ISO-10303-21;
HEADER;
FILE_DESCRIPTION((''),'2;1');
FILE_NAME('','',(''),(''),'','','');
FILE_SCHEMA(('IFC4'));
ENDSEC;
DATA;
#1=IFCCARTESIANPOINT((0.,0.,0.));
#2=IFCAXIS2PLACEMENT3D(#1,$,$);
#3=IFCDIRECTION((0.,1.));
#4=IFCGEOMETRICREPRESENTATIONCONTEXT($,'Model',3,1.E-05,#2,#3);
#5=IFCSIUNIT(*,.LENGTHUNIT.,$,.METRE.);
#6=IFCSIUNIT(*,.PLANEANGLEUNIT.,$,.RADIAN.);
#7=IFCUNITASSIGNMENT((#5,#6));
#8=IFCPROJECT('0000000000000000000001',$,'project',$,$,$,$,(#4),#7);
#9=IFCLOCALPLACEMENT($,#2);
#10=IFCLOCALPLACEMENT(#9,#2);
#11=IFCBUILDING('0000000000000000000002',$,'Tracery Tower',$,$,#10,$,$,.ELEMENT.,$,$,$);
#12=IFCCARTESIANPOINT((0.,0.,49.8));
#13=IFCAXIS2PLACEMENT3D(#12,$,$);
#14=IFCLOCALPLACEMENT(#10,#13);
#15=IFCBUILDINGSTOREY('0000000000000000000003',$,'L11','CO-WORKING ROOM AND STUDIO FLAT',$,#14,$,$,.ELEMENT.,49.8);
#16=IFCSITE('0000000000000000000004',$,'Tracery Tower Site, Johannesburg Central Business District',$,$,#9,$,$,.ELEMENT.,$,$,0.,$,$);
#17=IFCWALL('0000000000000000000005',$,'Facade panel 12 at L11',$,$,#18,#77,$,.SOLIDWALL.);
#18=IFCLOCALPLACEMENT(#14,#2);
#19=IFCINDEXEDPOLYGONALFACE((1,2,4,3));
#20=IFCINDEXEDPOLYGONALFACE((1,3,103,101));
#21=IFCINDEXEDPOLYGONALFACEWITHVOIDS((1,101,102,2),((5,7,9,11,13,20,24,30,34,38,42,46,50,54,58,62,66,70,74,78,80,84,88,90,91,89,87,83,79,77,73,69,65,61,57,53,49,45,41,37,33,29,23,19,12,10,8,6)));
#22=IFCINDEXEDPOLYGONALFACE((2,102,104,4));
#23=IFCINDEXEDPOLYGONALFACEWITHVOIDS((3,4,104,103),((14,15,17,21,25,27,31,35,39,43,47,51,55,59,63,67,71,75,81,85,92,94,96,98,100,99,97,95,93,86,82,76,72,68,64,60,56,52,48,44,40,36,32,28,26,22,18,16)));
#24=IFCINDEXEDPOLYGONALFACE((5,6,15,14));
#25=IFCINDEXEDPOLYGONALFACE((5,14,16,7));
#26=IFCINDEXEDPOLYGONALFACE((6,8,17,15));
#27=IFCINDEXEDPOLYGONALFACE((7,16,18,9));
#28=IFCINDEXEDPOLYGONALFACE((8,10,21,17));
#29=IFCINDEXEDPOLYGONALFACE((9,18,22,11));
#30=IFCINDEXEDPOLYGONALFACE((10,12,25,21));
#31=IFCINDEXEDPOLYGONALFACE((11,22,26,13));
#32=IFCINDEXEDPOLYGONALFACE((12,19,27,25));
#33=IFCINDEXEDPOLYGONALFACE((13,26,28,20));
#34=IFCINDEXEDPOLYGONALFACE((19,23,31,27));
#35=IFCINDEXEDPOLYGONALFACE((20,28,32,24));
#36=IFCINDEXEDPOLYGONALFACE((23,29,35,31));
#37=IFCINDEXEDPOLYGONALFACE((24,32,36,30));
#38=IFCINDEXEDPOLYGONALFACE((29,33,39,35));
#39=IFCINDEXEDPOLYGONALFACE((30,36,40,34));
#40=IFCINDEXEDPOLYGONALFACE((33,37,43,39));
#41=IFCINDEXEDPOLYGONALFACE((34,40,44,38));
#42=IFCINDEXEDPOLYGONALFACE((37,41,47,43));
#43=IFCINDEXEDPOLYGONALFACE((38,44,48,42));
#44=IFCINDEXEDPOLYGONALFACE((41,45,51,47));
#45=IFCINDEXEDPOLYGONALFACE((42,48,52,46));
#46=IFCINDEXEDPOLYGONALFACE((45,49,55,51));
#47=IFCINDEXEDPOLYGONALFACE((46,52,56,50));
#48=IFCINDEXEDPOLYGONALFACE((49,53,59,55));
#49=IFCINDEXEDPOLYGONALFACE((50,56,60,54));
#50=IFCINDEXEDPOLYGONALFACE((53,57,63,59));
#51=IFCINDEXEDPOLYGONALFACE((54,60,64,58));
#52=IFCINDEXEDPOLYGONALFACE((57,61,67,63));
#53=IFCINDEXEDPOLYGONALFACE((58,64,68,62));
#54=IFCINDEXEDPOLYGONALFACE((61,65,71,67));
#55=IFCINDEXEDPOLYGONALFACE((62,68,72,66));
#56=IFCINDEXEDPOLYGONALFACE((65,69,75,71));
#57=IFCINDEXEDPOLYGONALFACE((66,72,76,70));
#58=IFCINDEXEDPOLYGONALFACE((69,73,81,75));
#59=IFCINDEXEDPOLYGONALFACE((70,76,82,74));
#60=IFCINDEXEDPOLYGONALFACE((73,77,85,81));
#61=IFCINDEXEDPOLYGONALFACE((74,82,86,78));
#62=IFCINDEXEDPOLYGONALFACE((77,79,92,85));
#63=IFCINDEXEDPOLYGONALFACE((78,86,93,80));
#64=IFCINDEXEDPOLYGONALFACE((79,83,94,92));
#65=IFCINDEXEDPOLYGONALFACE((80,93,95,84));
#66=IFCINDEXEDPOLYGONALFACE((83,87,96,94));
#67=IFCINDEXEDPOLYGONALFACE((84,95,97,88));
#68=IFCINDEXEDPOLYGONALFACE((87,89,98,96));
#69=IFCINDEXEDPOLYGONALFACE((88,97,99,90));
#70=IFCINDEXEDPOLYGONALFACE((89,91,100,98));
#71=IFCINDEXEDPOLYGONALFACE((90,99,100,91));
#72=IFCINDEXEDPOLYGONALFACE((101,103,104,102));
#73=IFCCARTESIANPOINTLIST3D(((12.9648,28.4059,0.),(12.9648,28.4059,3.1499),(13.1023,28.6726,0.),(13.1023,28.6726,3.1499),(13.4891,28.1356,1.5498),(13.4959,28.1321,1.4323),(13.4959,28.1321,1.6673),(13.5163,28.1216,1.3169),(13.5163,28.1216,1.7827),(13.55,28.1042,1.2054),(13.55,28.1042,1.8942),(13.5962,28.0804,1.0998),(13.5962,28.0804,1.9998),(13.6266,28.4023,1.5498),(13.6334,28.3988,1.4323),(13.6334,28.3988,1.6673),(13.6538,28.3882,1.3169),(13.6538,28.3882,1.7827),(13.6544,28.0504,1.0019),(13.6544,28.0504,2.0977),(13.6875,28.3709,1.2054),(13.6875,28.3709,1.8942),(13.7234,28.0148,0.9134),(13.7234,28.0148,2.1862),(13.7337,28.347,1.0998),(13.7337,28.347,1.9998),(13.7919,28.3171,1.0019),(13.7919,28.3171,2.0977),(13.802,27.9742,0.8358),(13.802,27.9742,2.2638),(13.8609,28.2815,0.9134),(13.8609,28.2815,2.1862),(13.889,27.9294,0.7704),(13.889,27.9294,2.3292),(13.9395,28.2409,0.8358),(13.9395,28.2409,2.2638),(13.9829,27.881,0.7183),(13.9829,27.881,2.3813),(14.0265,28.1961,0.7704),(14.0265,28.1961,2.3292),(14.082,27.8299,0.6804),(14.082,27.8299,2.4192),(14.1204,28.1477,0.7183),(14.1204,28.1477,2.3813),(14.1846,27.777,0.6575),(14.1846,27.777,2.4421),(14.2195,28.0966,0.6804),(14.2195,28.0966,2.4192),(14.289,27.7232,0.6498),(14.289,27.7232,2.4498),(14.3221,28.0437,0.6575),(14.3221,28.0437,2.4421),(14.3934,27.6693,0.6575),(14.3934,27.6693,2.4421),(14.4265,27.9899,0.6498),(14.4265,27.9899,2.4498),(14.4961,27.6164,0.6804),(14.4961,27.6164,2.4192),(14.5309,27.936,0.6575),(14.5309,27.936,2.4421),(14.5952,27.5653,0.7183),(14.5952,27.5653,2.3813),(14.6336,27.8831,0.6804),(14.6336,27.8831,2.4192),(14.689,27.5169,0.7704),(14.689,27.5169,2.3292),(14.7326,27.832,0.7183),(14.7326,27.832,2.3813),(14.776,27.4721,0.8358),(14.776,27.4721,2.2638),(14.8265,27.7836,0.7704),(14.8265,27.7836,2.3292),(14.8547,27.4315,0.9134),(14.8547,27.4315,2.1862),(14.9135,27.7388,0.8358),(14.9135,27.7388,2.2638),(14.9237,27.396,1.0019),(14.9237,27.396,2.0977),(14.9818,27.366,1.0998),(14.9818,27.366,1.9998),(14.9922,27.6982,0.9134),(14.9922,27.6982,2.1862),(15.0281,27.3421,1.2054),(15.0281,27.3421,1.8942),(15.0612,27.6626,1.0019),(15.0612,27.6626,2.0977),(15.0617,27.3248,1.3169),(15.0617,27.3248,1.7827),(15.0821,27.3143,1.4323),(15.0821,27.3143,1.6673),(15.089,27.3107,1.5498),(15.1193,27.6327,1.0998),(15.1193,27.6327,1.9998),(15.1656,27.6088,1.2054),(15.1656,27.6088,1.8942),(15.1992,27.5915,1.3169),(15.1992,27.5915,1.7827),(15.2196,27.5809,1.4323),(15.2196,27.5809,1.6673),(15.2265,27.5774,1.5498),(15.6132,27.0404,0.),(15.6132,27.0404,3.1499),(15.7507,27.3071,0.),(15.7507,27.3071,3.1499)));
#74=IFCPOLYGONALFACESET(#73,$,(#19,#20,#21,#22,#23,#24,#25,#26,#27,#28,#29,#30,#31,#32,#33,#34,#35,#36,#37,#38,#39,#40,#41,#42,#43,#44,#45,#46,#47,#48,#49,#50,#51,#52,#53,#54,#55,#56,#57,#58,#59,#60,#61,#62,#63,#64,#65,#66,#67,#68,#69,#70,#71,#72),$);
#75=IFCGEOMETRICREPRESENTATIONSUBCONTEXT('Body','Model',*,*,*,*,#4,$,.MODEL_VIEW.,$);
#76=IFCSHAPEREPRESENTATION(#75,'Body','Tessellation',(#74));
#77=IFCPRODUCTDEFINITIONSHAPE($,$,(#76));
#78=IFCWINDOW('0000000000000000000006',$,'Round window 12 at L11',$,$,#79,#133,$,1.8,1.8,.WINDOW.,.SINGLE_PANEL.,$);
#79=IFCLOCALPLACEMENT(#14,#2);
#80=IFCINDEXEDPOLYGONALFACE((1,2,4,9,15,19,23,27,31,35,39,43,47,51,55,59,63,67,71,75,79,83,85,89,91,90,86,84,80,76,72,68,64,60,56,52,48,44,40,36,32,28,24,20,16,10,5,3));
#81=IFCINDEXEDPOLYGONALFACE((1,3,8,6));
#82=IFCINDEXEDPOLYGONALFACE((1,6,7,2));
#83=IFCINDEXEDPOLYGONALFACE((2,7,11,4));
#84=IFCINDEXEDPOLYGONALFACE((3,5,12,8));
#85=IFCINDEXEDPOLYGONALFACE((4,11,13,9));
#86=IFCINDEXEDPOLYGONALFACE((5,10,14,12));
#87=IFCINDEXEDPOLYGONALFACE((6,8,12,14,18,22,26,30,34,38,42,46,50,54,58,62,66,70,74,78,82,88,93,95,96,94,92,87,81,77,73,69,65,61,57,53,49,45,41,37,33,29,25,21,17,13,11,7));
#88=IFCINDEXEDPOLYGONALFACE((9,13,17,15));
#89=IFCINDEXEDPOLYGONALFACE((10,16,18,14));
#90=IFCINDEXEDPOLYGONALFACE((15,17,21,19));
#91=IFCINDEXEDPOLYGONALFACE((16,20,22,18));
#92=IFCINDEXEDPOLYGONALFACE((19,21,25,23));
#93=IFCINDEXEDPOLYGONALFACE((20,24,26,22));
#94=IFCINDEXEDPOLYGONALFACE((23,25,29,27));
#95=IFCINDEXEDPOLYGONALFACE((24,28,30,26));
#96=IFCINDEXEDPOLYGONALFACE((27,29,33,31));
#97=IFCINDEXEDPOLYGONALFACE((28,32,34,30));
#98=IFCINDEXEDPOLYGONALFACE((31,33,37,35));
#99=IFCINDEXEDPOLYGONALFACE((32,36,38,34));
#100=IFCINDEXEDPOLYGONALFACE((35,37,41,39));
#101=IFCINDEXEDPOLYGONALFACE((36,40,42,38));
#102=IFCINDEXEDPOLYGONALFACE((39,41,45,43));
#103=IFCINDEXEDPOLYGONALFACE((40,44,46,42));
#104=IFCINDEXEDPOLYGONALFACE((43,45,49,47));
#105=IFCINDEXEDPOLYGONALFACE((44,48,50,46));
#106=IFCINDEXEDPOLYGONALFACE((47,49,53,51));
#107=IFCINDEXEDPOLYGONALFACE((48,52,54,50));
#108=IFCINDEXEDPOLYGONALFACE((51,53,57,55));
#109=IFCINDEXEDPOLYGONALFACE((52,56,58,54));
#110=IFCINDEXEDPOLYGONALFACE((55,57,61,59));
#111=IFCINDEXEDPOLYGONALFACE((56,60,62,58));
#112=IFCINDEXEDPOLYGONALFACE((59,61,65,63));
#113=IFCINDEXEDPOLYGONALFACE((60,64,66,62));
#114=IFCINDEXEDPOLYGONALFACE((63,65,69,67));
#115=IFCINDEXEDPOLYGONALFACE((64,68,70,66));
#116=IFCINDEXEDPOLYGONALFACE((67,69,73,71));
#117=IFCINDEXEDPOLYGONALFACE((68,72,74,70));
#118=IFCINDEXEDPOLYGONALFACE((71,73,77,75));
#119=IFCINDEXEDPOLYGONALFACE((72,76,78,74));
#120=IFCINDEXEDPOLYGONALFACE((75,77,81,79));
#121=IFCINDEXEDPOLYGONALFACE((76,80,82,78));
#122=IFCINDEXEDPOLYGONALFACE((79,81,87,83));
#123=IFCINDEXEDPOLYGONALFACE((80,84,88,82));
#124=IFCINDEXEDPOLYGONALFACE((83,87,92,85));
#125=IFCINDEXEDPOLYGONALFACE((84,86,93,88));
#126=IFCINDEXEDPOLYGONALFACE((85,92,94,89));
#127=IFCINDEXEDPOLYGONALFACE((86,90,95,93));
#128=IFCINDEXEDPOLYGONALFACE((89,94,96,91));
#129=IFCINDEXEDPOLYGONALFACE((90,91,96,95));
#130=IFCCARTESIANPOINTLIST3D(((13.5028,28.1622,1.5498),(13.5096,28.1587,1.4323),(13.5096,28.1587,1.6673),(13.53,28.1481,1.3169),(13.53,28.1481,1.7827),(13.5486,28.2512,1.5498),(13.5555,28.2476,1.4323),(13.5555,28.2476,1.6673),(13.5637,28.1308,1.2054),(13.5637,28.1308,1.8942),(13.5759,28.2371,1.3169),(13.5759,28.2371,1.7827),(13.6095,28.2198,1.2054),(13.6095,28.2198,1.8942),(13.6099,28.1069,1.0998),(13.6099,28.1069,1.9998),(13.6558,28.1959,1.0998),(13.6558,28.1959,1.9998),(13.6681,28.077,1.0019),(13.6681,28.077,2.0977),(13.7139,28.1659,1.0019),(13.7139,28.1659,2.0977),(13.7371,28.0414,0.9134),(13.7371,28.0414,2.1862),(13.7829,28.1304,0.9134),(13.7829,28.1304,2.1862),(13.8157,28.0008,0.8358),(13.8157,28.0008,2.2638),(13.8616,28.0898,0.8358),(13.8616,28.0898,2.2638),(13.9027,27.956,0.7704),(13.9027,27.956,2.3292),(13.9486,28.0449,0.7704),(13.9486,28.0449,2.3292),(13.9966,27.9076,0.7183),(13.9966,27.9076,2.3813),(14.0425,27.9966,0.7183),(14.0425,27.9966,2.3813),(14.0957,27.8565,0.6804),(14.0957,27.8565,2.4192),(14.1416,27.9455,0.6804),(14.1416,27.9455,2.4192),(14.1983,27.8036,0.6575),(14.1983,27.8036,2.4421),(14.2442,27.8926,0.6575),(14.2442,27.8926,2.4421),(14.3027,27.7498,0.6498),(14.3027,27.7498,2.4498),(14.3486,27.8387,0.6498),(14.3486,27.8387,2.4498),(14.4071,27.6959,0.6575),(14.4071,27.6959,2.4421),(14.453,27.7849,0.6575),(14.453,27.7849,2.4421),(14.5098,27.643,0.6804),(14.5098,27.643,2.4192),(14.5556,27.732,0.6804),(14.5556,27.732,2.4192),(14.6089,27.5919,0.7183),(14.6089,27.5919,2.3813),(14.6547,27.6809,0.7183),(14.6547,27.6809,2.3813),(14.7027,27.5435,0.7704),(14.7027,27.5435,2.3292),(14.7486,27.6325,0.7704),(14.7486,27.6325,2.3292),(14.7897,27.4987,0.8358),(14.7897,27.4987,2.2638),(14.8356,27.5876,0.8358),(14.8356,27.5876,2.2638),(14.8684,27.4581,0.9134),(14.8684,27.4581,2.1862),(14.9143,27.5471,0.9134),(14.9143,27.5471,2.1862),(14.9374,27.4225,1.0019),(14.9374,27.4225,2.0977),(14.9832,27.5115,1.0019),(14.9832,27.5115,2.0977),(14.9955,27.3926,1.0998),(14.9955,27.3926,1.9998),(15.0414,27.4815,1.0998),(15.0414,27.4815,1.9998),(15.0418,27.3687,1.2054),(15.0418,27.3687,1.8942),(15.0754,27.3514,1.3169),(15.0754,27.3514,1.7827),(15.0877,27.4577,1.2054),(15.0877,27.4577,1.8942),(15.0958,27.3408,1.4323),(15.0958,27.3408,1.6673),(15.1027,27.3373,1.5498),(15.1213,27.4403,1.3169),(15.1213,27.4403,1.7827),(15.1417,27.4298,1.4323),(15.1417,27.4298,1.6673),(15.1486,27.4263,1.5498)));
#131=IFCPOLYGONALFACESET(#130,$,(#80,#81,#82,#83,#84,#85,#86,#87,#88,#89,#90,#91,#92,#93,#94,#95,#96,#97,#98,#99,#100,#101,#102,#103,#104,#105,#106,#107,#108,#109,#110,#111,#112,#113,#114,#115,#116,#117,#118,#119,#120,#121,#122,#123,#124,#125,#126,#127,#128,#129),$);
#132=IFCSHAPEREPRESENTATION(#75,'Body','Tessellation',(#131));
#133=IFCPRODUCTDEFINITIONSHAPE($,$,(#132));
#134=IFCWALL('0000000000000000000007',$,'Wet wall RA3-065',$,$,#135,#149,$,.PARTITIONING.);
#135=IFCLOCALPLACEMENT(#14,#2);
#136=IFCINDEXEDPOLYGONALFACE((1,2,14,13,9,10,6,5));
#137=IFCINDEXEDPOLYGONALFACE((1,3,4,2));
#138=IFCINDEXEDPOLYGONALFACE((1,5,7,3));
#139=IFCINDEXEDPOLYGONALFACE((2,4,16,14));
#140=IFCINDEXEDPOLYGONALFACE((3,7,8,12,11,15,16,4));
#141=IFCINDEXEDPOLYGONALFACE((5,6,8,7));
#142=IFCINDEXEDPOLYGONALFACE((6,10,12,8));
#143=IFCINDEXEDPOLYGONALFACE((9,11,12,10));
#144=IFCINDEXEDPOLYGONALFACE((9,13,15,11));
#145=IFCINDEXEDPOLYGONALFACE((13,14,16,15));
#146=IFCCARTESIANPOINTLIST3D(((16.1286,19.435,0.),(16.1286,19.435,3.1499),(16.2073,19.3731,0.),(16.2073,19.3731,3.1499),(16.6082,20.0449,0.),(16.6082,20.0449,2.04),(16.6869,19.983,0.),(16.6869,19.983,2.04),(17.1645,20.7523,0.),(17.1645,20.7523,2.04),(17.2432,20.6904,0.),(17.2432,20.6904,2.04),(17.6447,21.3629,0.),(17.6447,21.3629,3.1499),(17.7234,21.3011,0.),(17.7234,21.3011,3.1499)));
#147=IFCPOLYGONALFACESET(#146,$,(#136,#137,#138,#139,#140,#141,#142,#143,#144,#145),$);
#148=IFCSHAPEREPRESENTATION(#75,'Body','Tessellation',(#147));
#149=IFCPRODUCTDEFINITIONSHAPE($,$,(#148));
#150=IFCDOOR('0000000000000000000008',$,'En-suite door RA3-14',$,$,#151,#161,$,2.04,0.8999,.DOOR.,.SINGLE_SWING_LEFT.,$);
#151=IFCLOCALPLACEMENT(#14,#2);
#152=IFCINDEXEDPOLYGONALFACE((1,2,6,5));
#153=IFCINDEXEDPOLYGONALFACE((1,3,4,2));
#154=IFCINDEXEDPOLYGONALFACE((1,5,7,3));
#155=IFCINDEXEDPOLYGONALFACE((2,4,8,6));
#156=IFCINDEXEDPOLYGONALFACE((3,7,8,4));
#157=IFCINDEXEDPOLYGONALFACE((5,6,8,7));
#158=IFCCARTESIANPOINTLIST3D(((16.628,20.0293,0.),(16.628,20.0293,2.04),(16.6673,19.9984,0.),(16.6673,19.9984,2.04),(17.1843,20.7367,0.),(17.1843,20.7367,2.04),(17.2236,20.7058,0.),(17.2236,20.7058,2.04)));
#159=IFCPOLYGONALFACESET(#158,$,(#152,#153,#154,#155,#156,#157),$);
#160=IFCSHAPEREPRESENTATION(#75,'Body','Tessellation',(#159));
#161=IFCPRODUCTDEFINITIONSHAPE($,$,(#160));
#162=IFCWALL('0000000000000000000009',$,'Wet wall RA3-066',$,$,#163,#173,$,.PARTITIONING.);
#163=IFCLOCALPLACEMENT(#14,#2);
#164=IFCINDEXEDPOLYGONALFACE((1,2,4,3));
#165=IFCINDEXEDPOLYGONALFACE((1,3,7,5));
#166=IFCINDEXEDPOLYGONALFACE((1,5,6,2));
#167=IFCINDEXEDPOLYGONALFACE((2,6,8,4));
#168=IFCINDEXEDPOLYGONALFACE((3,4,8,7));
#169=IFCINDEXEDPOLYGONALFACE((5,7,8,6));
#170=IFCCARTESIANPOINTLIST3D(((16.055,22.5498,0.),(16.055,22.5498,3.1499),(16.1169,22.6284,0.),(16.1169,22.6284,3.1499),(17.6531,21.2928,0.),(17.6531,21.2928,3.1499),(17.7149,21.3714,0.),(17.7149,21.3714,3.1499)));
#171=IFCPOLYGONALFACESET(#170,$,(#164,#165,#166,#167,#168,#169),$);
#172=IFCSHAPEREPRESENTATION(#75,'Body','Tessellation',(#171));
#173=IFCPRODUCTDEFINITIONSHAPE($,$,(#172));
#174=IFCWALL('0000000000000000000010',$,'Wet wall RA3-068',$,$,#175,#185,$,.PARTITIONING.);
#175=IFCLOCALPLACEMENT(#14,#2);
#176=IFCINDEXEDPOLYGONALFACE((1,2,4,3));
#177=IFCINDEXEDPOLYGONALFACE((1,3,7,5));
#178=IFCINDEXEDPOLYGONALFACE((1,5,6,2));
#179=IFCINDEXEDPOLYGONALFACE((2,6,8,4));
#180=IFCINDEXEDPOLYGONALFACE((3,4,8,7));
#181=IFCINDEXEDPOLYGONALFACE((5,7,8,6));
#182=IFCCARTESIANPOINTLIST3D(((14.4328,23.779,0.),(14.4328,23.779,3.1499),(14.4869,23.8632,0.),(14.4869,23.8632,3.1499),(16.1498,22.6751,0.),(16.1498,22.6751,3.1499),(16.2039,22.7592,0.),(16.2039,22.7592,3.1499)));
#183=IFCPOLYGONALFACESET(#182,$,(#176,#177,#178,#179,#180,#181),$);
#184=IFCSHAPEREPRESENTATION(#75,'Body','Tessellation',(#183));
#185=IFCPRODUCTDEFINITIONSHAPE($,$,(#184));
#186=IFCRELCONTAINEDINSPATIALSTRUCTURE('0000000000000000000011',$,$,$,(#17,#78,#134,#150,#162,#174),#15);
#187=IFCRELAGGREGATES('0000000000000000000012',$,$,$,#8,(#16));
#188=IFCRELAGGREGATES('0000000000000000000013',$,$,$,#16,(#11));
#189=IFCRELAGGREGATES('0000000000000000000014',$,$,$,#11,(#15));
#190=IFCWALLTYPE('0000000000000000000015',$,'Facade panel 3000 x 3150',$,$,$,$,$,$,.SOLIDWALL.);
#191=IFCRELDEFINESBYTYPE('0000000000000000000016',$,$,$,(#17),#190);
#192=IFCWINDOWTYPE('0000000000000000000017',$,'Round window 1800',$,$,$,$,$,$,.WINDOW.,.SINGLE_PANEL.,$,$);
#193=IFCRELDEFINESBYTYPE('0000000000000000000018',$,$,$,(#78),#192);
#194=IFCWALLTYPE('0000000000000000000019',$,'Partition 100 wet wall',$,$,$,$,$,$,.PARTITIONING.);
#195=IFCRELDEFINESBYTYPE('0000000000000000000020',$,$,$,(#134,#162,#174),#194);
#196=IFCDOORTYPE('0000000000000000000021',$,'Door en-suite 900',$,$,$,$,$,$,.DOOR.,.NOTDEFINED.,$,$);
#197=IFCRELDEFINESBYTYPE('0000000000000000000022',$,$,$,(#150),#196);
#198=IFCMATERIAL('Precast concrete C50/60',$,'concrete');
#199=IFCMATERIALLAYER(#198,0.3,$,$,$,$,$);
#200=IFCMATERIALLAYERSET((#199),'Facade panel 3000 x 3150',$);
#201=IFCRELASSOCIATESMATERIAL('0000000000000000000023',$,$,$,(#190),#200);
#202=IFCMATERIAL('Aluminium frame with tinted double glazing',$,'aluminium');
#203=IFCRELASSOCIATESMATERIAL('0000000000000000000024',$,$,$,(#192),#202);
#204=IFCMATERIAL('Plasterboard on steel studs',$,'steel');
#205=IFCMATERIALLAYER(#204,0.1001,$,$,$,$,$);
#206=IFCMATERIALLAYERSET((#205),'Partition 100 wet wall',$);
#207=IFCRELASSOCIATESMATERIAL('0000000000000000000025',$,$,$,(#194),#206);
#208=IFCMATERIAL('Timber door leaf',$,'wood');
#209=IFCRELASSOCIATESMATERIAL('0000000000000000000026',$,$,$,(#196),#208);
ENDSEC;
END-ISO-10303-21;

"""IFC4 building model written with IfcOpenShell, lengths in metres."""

from ifc_helpers import new_model, si_unit, direction, frame, frame_2d, origin, origin_2d, place, context, subcontext, project, spatial, rectangle, circle, extrude, material, layer, layer_set, type_object, element, fill, save


model = new_model("IFC4")

# Units and contexts
model_context = context("Model", 3, precision=1e-05, world=origin(), true_north=direction((0.0, 1.0)))
body_context = subcontext(model_context, "Body", "Model", "MODEL_VIEW")
ifc_project = project(units=[si_unit("LENGTHUNIT", "METRE"), si_unit("PLANEANGLEUNIT", "RADIAN")], contexts=[model_context])

# Site, building, storey
site_placement = place(None, origin())
site = spatial("IfcSite", under=ifc_project, at=site_placement, Name="Tracery Tower Site, Johannesburg Central Business District", CompositionType="ELEMENT", RefElevation=0.0)
building_placement = place(site_placement, origin())
building = spatial("IfcBuilding", under=site, at=building_placement, Name="Tracery Tower", CompositionType="ELEMENT")
storey_placement = place(building_placement, frame((0.0, 0.0, 49.8)))
storey = spatial("IfcBuildingStorey", under=building, at=storey_placement, Name="L11", Description="CO-WORKING ROOM AND STUDIO FLAT", CompositionType="ELEMENT", Elevation=49.8)

# Wall, opening, window
ifc_material_1 = material(Name="Precast concrete C50/60", Category="concrete")
ifc_layer_1 = layer(ifc_material_1, 0.3)
ifc_layer_set_1 = layer_set([ifc_layer_1], Name="Facade panel 3000 x 3150")
wall_type_1 = type_object("IfcWallType", Name="Facade panel 3000 x 3150", PredefinedType="SOLIDWALL", material=ifc_layer_set_1)
wall_1_placement = place(storey_placement, frame((15.6819, 27.1738, 0.0), z_axis=(0.0, 0.0, 1.0), x_axis=(-0.88882, 0.458257, 0.0)))
wall_1 = element("IfcWall", 1, at=wall_1_placement, inside=storey, type_object=wall_type_1, Name="Facade panel 12 at L11", PredefinedType="SOLIDWALL", context=body_context, shape_type="SweptSolid", body=[
    extrude(rectangle(XDim=2.9797, YDim=0.3, at=frame_2d((1.4897, 0.0))), origin(), (0.0, 0.0, 1.0), 3.1499),
])
opening_1_placement = place(wall_1_placement, frame((1.4897, 0.0, 1.5498)))
opening_1 = element("IfcOpeningElement", 2, at=opening_1_placement, cuts=wall_1, PredefinedType="OPENING", context=body_context, shape_type="SweptSolid", body=[
    extrude(circle(Radius=0.9, at=origin_2d()), frame((0.0, 0.1599, 0.0), z_axis=(0.0, -1.0, 0.0), x_axis=(1.0, 0.0, 0.0)), (0.0, 0.0, 1.0), 0.3201),
])
ifc_material_2 = material(Name="Aluminium frame with tinted double glazing", Category="aluminium")
window_type = type_object("IfcWindowType", Name="Round window 1800", PartitioningType="SINGLE_PANEL", PredefinedType="WINDOW", material=ifc_material_2)
window_placement = place(opening_1_placement, origin())
window = element("IfcWindow", 3, at=window_placement, inside=storey, type_object=window_type, Name="Round window 12 at L11", OverallHeight=1.8, OverallWidth=1.8, PartitioningType="SINGLE_PANEL", PredefinedType="WINDOW", context=body_context, shape_type="SweptSolid", body=[
    extrude(circle(Radius=0.9, at=origin_2d()), frame((0.0, 0.1201, 0.0), z_axis=(0.0, -1.0, 0.0), x_axis=(1.0, 0.0, 0.0)), (0.0, 0.0, 1.0), 0.1001),
])
fill(opening_1, window)

# Wall, opening, door
ifc_material_3 = material(Name="Plasterboard on steel studs", Category="steel")
ifc_layer_2 = layer(ifc_material_3, 0.1001)
ifc_layer_set_2 = layer_set([ifc_layer_2], Name="Partition 100 wet wall")
wall_type_2 = type_object("IfcWallType", Name="Partition 100 wet wall", PredefinedType="PARTITIONING", material=ifc_layer_set_2)
wall_2_placement = place(storey_placement, frame((16.168, 19.4041, 0.0), z_axis=(0.0, 0.0, 1.0), x_axis=(0.618142, 0.786066, 0.0)))
wall_2 = element("IfcWall", 4, at=wall_2_placement, inside=storey, type_object=wall_type_2, Name="Wet wall RA3-065", PredefinedType="PARTITIONING", context=body_context, shape_type="SweptSolid", body=[
    extrude(rectangle(XDim=2.4526, YDim=0.1001, at=frame_2d((1.2263, 0.0))), origin(), (0.0, 0.0, 1.0), 3.1499),
])
opening_2_placement = place(wall_2_placement, frame((0.7759, 0.0, 0.0)))
opening_2 = element("IfcOpeningElement", 5, at=opening_2_placement, cuts=wall_2, PredefinedType="OPENING", context=body_context, shape_type="SweptSolid", body=[
    extrude(rectangle(XDim=0.8999, YDim=2.04, at=frame_2d((0.45, 1.02))), frame((0.0, 0.05, 0.0), z_axis=(0.0, -1.0, 0.0), x_axis=(1.0, 0.0, 0.0)), (0.0, 0.0, 1.0), 0.1001),
])
ifc_material_4 = material(Name="Timber door leaf", Category="wood")
door_type_1 = type_object("IfcDoorType", Name="Door en-suite 900", OperationType="NOTDEFINED", PredefinedType="DOOR", material=ifc_material_4)
door_1_placement = place(opening_2_placement, origin())
door_1 = element("IfcDoor", 6, at=door_1_placement, inside=storey, type_object=door_type_1, Name="En-suite door RA3-14", OperationType="SINGLE_SWING_LEFT", OverallHeight=2.04, OverallWidth=0.8999, PredefinedType="DOOR", context=body_context, shape_type="SweptSolid", body=[
    extrude(rectangle(XDim=0.8999, YDim=2.04, at=frame_2d((0.45, 1.02))), frame((0.0, 0.0249, 0.0), z_axis=(0.0, -1.0, 0.0), x_axis=(1.0, 0.0, 0.0)), (0.0, 0.0, 1.0), 0.05),
])
fill(opening_2, door_1)

# Walls
wall_3_placement = place(storey_placement, frame((16.0859, 22.5891, 0.0), z_axis=(0.0, 0.0, 1.0), x_axis=(0.785985, -0.618246, 0.0)))
element("IfcWall", 7, at=wall_3_placement, inside=storey, type_object=wall_type_2, Name="Wet wall RA3-066", PredefinedType="PARTITIONING", context=body_context, shape_type="SweptSolid", body=[
    extrude(rectangle(XDim=2.0332, YDim=0.1001, at=frame_2d((1.0166, 0.0))), origin(), (0.0, 0.0, 1.0), 3.1499),
])
wall_4_placement = place(storey_placement, frame((14.46, 23.821, 0.0), z_axis=(0.0, 0.0, 1.0), x_axis=(0.841136, -0.540824, 0.0)))
element("IfcWall", 8, at=wall_4_placement, inside=storey, type_object=wall_type_2, Name="Wet wall RA3-068", PredefinedType="PARTITIONING", context=body_context, shape_type="SweptSolid", body=[
    extrude(rectangle(XDim=2.0413, YDim=0.1001, at=frame_2d((1.0205, 0.0))), origin(), (0.0, 0.0, 1.0), 3.1499),
])

save(model, "model.ifc")
